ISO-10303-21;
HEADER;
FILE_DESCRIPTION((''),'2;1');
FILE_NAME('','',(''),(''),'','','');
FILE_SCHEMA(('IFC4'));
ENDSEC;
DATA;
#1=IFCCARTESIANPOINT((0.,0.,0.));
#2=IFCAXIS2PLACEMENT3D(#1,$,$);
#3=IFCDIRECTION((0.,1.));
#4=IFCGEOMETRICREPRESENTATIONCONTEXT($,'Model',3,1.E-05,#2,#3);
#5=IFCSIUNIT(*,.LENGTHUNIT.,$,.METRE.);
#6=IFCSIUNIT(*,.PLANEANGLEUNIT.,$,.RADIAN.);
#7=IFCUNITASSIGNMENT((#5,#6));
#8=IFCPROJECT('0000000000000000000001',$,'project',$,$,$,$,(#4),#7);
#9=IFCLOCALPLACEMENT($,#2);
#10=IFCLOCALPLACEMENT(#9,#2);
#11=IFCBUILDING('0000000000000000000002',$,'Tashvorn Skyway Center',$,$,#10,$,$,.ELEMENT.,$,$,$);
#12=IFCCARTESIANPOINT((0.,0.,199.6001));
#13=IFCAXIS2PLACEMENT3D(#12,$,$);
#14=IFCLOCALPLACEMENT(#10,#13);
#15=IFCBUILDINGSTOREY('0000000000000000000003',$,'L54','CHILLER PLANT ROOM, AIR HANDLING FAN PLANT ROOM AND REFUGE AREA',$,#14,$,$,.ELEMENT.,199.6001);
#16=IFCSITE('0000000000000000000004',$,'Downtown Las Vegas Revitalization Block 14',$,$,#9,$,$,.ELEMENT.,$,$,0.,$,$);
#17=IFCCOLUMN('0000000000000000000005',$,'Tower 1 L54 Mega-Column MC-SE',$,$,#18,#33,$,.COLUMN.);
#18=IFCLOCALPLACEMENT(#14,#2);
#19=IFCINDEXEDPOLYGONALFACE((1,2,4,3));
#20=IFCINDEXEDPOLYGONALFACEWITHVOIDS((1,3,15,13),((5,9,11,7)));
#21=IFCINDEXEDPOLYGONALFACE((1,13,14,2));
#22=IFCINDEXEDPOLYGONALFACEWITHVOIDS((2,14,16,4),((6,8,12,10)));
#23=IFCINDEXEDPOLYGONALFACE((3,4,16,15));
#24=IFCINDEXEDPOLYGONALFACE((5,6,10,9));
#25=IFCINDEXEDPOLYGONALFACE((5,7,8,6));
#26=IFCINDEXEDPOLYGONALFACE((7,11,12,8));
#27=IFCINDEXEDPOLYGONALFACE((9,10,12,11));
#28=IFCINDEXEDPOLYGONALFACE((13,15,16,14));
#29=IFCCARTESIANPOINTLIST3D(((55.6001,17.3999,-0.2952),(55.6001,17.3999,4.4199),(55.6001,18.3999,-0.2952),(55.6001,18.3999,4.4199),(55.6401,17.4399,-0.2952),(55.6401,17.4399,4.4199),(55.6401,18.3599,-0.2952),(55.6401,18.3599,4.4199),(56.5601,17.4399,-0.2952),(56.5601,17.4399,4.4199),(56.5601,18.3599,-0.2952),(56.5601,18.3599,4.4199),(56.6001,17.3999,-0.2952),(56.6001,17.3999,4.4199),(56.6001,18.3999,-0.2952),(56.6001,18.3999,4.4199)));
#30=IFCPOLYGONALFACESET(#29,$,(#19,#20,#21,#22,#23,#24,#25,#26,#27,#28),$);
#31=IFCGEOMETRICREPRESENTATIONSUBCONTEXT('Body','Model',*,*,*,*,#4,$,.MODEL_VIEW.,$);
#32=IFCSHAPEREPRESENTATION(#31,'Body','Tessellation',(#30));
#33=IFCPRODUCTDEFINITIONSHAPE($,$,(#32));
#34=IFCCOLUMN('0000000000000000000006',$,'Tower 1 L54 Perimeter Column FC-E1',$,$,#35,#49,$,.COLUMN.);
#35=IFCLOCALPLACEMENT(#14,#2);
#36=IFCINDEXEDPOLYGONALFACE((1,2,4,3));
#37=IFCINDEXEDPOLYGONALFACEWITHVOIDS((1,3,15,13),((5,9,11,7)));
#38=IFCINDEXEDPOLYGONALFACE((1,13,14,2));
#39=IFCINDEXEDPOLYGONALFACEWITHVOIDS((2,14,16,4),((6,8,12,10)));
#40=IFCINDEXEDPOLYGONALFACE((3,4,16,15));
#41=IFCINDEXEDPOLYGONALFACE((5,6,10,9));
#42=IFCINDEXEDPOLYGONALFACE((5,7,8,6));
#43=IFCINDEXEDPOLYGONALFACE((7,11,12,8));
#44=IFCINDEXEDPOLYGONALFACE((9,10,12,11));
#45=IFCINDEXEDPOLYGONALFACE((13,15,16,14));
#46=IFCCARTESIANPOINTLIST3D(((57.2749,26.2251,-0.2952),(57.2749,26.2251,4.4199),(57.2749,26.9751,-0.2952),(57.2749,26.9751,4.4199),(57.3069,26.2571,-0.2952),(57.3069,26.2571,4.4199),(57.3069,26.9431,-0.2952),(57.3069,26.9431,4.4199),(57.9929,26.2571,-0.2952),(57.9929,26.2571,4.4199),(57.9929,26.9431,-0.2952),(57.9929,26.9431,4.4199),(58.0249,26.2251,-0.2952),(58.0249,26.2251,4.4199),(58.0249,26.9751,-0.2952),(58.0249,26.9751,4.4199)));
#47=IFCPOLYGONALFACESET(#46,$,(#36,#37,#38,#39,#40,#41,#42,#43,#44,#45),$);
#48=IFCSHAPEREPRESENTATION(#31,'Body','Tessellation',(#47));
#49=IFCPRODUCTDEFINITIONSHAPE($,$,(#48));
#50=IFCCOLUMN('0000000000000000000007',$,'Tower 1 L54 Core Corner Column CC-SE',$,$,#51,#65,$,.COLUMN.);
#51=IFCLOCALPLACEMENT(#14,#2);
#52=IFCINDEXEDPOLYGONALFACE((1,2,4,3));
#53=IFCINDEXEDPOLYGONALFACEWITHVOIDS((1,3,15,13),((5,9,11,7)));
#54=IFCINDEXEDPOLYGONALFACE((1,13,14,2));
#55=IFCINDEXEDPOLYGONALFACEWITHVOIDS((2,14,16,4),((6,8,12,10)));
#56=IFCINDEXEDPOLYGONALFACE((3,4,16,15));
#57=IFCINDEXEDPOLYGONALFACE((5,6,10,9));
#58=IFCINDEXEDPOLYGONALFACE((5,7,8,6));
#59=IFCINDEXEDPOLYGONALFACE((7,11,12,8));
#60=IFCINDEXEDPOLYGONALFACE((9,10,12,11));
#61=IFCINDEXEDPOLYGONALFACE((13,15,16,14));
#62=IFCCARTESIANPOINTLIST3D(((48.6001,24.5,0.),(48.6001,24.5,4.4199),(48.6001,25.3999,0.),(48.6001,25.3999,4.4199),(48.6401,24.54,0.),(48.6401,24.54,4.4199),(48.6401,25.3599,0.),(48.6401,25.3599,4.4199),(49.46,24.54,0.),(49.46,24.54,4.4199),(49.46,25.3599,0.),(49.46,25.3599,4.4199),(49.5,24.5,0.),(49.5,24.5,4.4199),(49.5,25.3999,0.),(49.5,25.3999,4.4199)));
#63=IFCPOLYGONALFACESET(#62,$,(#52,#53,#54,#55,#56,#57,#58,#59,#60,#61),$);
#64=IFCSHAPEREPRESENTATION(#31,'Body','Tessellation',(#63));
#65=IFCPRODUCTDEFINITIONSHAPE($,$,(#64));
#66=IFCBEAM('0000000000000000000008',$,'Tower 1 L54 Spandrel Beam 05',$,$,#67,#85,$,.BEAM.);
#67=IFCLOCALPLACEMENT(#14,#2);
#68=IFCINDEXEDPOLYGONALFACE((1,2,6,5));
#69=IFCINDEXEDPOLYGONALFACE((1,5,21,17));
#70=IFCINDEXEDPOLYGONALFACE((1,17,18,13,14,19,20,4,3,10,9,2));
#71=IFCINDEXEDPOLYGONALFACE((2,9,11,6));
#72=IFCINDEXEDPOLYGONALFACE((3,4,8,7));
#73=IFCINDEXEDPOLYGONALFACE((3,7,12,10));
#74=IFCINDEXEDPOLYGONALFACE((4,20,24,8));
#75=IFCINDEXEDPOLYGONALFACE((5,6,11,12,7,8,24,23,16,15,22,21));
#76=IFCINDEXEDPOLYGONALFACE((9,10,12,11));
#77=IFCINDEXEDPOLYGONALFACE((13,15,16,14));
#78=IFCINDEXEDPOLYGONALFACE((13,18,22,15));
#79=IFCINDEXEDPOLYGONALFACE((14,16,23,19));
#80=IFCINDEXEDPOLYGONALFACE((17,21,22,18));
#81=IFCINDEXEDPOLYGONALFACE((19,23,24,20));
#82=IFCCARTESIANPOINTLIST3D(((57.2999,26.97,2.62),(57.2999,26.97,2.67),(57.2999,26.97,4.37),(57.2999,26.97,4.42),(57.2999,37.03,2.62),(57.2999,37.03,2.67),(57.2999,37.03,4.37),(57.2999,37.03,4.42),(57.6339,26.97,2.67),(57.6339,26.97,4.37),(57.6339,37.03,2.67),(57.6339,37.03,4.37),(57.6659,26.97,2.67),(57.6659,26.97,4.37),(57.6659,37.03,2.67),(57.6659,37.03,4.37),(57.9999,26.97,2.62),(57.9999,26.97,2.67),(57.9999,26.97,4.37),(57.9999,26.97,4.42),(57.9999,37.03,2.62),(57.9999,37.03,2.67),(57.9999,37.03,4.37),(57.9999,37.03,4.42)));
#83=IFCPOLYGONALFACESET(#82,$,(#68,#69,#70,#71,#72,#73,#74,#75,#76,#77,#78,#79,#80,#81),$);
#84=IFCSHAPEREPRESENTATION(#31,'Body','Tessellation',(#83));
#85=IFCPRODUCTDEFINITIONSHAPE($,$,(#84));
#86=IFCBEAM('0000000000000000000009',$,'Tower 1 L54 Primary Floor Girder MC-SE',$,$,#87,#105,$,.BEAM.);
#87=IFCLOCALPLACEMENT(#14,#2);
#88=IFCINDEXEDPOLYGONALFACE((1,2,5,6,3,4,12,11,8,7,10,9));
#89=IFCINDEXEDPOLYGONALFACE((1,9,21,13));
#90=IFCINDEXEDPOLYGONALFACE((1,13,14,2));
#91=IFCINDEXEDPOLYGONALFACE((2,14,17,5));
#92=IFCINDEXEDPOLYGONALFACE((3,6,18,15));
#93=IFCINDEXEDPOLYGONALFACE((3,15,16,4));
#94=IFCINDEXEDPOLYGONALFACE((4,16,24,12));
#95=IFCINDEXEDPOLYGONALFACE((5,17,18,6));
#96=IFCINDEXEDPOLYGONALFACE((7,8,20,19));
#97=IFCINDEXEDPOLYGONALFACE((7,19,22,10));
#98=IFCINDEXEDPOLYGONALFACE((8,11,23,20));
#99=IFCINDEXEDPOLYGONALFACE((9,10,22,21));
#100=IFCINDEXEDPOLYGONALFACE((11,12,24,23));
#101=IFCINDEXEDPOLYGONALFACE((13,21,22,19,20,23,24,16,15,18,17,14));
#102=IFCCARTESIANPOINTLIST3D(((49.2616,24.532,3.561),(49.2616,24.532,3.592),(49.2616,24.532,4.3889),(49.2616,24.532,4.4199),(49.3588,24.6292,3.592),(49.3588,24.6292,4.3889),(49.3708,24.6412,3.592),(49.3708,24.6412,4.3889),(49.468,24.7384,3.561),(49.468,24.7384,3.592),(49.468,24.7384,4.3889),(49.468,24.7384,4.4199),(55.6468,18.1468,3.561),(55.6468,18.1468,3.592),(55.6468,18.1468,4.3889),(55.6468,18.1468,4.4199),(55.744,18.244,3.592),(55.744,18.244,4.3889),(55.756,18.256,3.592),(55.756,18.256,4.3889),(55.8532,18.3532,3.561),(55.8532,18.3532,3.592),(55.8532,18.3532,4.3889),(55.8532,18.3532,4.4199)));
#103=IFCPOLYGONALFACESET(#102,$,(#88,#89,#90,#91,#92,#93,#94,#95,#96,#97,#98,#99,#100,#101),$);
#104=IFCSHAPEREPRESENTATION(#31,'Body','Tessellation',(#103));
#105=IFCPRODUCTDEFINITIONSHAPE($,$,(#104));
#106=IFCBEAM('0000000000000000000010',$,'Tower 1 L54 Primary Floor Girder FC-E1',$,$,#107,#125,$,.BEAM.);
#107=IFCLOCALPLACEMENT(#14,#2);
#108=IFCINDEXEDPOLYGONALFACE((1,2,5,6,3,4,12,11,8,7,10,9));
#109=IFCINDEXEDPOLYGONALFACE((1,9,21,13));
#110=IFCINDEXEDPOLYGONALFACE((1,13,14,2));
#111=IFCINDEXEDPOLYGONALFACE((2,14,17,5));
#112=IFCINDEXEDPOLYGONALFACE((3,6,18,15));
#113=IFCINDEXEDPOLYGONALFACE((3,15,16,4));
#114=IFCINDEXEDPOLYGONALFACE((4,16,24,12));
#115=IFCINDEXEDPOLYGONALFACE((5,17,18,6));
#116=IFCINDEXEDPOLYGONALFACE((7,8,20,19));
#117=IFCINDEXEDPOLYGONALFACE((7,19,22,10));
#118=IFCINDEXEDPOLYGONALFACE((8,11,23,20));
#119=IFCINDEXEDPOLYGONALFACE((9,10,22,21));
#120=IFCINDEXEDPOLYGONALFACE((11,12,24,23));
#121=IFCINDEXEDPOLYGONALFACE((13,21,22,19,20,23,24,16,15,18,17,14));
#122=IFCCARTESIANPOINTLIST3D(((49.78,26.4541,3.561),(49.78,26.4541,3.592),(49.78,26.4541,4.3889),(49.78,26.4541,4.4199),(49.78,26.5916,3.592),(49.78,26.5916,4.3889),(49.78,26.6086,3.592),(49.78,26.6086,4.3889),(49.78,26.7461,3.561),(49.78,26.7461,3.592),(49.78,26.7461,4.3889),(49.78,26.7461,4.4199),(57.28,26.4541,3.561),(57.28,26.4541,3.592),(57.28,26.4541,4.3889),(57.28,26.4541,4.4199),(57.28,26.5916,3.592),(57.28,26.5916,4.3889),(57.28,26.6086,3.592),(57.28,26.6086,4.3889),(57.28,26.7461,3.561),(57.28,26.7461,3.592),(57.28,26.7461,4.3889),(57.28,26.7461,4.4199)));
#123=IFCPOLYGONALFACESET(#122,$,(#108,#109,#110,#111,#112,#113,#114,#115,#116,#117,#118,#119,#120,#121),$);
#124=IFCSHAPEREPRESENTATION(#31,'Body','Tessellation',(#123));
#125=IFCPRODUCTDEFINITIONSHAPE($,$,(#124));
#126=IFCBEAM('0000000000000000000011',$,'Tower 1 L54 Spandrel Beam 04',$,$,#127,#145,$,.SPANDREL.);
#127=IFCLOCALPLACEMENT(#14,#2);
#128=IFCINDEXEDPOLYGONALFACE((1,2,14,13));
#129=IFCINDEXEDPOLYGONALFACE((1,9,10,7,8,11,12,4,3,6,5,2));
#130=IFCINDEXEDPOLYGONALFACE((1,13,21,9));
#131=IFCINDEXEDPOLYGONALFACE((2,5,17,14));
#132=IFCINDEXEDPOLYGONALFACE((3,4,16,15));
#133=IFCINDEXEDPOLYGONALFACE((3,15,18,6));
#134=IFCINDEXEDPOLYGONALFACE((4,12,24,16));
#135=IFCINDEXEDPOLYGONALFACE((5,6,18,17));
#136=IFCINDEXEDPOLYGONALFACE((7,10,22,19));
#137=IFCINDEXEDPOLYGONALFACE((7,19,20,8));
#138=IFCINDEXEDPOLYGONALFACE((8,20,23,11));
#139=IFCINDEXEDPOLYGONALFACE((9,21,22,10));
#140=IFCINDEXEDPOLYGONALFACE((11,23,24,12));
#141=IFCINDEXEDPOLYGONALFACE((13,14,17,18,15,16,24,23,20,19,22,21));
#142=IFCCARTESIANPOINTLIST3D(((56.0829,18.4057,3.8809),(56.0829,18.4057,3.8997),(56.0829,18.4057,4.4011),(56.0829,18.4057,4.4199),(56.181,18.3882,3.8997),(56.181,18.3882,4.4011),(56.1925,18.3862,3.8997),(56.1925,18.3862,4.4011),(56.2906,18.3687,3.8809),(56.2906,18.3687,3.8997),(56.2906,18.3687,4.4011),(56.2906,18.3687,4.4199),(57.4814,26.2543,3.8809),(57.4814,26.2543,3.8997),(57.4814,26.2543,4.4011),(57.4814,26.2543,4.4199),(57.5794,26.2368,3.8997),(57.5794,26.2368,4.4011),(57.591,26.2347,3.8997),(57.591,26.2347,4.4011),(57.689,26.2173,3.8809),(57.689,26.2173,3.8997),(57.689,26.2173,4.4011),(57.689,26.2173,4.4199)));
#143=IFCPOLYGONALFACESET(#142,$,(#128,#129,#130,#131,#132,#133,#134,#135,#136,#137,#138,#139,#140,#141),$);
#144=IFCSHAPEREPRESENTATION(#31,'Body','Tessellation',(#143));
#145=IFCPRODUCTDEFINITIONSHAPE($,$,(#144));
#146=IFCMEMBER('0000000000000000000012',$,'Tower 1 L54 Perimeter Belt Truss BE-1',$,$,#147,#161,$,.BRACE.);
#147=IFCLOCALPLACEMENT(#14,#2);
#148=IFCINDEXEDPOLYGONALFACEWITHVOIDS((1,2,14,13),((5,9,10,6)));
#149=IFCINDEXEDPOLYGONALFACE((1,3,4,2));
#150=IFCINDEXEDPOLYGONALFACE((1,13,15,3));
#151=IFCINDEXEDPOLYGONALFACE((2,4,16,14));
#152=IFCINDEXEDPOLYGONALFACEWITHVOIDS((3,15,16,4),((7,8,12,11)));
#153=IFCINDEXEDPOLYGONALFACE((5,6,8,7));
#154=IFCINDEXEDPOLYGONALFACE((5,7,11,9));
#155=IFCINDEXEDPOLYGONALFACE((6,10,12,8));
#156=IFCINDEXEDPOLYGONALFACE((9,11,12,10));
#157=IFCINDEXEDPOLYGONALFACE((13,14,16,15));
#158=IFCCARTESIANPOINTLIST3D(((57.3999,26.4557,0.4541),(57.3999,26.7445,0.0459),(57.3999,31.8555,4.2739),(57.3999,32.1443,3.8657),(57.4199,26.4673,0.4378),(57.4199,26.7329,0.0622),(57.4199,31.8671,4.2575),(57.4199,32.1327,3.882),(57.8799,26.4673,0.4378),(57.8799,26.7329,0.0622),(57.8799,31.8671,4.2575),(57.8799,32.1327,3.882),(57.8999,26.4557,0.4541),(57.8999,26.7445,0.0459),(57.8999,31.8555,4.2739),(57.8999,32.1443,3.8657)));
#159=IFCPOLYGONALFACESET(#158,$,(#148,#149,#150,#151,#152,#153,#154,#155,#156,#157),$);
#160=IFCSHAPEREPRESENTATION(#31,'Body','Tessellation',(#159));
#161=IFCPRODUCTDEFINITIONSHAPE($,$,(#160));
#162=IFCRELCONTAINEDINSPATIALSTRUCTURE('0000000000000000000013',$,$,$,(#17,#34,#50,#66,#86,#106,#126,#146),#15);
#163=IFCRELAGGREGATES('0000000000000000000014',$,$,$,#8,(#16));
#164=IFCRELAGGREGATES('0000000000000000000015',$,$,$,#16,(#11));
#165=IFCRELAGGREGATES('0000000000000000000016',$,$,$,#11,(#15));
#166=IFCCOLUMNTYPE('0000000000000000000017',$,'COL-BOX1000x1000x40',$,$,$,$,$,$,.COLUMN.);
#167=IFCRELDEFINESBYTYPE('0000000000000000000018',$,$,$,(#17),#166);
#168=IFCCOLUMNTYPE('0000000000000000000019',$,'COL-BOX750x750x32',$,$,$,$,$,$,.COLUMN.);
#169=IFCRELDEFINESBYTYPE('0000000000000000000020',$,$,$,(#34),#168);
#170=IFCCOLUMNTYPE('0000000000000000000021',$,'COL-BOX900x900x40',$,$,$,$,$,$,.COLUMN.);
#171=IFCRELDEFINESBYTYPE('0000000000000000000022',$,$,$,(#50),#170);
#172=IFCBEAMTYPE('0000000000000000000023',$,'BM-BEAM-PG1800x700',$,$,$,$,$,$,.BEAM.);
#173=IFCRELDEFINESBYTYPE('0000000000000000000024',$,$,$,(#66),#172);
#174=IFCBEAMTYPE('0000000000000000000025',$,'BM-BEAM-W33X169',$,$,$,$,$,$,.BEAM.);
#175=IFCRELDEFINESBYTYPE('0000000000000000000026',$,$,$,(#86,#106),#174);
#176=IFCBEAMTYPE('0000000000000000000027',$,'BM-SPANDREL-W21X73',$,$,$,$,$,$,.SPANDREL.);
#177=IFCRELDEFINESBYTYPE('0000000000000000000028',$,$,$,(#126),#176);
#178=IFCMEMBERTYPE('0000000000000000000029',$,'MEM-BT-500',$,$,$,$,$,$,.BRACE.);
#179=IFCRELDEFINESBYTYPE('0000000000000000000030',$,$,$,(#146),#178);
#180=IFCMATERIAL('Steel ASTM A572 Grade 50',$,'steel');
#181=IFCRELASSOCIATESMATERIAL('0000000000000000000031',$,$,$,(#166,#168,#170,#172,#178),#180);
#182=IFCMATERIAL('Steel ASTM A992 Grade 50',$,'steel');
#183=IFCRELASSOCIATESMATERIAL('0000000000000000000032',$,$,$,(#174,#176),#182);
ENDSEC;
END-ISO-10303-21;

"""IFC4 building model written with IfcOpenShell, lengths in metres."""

from ifc_helpers import new_model, si_unit, direction, frame, origin, origin_2d, place, context, subcontext, project, spatial, hollow_rectangle, i_section, extrude, material, material_profile, profile_set, type_object, element, save


model = new_model("IFC4")

# Units and contexts
model_context = context("Model", 3, precision=1e-05, world=origin(), true_north=direction((0.0, 1.0)))
body_context = subcontext(model_context, "Body", "Model", "MODEL_VIEW")
ifc_project = project(units=[si_unit("LENGTHUNIT", "METRE"), si_unit("PLANEANGLEUNIT", "RADIAN")], contexts=[model_context])

# Site, building, storey
site_placement = place(None, origin())
site = spatial("IfcSite", under=ifc_project, at=site_placement, Name="Downtown Las Vegas Revitalization Block 14", CompositionType="ELEMENT", RefElevation=0.0)
building_placement = place(site_placement, origin())
building = spatial("IfcBuilding", under=site, at=building_placement, Name="Tashvorn Skyway Center", CompositionType="ELEMENT")
storey_placement = place(building_placement, frame((0.0, 0.0, 199.6001)))
storey = spatial("IfcBuildingStorey", under=building, at=storey_placement, Name="L54", Description="CHILLER PLANT ROOM, AIR HANDLING FAN PLANT ROOM AND REFUGE AREA", CompositionType="ELEMENT", Elevation=199.6001)

# Columns
ifc_material_1 = material(Name="Steel ASTM A572 Grade 50", Category="steel")
ifc_material_profile_1 = material_profile(ifc_material_1, hollow_rectangle(XDim=1.0, YDim=1.0, WallThickness=0.04, at=origin_2d()), Name="BOX1000x1000x40")
ifc_profile_set_1 = profile_set([ifc_material_profile_1], Name="Steel ASTM A572 Grade 50")
column_type_1 = type_object("IfcColumnType", Name="COL-BOX1000x1000x40", PredefinedType="COLUMN", material=ifc_profile_set_1)
column_1_placement = place(storey_placement, frame((56.1001, 17.8999, -0.2952), z_axis=(0.0, 0.0, 1.0), x_axis=(1.0, 0.0, 0.0)))
element("IfcColumn", 1, at=column_1_placement, inside=storey, type_object=column_type_1, Name="Tower 1 L54 Mega-Column MC-SE", PredefinedType="COLUMN", context=body_context, shape_type="SweptSolid", body=[
    extrude(hollow_rectangle(XDim=1.0, YDim=1.0, WallThickness=0.04, at=origin_2d()), origin(), (0.0, 0.0, 1.0), 4.7151),
])
ifc_material_profile_2 = material_profile(ifc_material_1, hollow_rectangle(XDim=0.75, YDim=0.75, WallThickness=0.032, at=origin_2d()), Name="BOX750x750x32")
ifc_profile_set_2 = profile_set([ifc_material_profile_2], Name="Steel ASTM A572 Grade 50")
column_type_2 = type_object("IfcColumnType", Name="COL-BOX750x750x32", PredefinedType="COLUMN", material=ifc_profile_set_2)
column_2_placement = place(storey_placement, frame((57.6499, 26.6001, -0.2952), z_axis=(0.0, 0.0, 1.0), x_axis=(1.0, 0.0, 0.0)))
element("IfcColumn", 2, at=column_2_placement, inside=storey, type_object=column_type_2, Name="Tower 1 L54 Perimeter Column FC-E1", PredefinedType="COLUMN", context=body_context, shape_type="SweptSolid", body=[
    extrude(hollow_rectangle(XDim=0.75, YDim=0.75, WallThickness=0.032, at=origin_2d()), origin(), (0.0, 0.0, 1.0), 4.7151),
])
ifc_material_profile_3 = material_profile(ifc_material_1, hollow_rectangle(XDim=0.8999, YDim=0.8999, WallThickness=0.04, at=origin_2d()), Name="BOX900x900x40")
ifc_profile_set_3 = profile_set([ifc_material_profile_3], Name="Steel ASTM A572 Grade 50")
column_type_3 = type_object("IfcColumnType", Name="COL-BOX900x900x40", PredefinedType="COLUMN", material=ifc_profile_set_3)
column_3_placement = place(storey_placement, frame((49.05, 24.95, 0.0), z_axis=(0.0, 0.0, 1.0), x_axis=(1.0, 0.0, 0.0)))
element("IfcColumn", 3, at=column_3_placement, inside=storey, type_object=column_type_3, Name="Tower 1 L54 Core Corner Column CC-SE", PredefinedType="COLUMN", context=body_context, shape_type="SweptSolid", body=[
    extrude(hollow_rectangle(XDim=0.8999, YDim=0.8999, WallThickness=0.04, at=origin_2d()), origin(), (0.0, 0.0, 1.0), 4.4199),
])

# Beams
ifc_material_profile_4 = material_profile(ifc_material_1, i_section(OverallWidth=0.7, OverallDepth=1.8, WebThickness=0.032, FlangeThickness=0.05, at=origin_2d()), Name="PG1800x700")
ifc_profile_set_4 = profile_set([ifc_material_profile_4], Name="Steel ASTM A572 Grade 50")
beam_type_1 = type_object("IfcBeamType", Name="BM-BEAM-PG1800x700", PredefinedType="BEAM", material=ifc_profile_set_4)
beam_1_placement = place(storey_placement, frame((57.6499, 26.97, 3.52), z_axis=(0.0, 1.0, 0.0), x_axis=(-1.0, 0.0, 0.0)))
element("IfcBeam", 4, at=beam_1_placement, inside=storey, type_object=beam_type_1, Name="Tower 1 L54 Spandrel Beam 05", PredefinedType="BEAM", context=body_context, shape_type="SweptSolid", body=[
    extrude(i_section(OverallWidth=0.7, OverallDepth=1.8, WebThickness=0.032, FlangeThickness=0.05, at=origin_2d()), origin(), (0.0, 0.0, 1.0), 10.0601),
])
ifc_material_2 = material(Name="Steel ASTM A992 Grade 50", Category="steel")
ifc_material_profile_5 = material_profile(ifc_material_2, i_section(OverallWidth=0.292, OverallDepth=0.8589, WebThickness=0.0171, FlangeThickness=0.031, at=origin_2d()), Name="W33X169")
ifc_profile_set_5 = profile_set([ifc_material_profile_5], Name="Steel ASTM A992 Grade 50")
beam_type_2 = type_object("IfcBeamType", Name="BM-BEAM-W33X169", PredefinedType="BEAM", material=ifc_profile_set_5)
beam_2_placement = place(storey_placement, frame((55.75, 18.25, 3.9905), z_axis=(-0.707107, 0.707107, 0.0), x_axis=(-0.707107, -0.707107, 0.0)))
element("IfcBeam", 5, at=beam_2_placement, inside=storey, type_object=beam_type_2, Name="Tower 1 L54 Primary Floor Girder MC-SE", PredefinedType="BEAM", context=body_context, shape_type="SweptSolid", body=[
    extrude(i_section(OverallWidth=0.292, OverallDepth=0.8589, WebThickness=0.0171, FlangeThickness=0.031, at=origin_2d()), origin(), (0.0, 0.0, 1.0), 9.03),
])
beam_3_placement = place(storey_placement, frame((57.28, 26.6001, 3.9905), z_axis=(-1.0, 0.0, 0.0), x_axis=(0.0, -1.0, 0.0)))
element("IfcBeam", 6, at=beam_3_placement, inside=storey, type_object=beam_type_2, Name="Tower 1 L54 Primary Floor Girder FC-E1", PredefinedType="BEAM", context=body_context, shape_type="SweptSolid", body=[
    extrude(i_section(OverallWidth=0.292, OverallDepth=0.8589, WebThickness=0.0171, FlangeThickness=0.031, at=origin_2d()), origin(), (0.0, 0.0, 1.0), 7.5),
])
ifc_material_profile_6 = material_profile(ifc_material_2, i_section(OverallWidth=0.2109, OverallDepth=0.5391, WebThickness=0.0117, FlangeThickness=0.0188, at=origin_2d()), Name="W21X73")
ifc_profile_set_6 = profile_set([ifc_material_profile_6], Name="Steel ASTM A992 Grade 50")
beam_type_3 = type_object("IfcBeamType", Name="BM-SPANDREL-W21X73", PredefinedType="SPANDREL", material=ifc_profile_set_6)
beam_4_placement = place(storey_placement, frame((56.1868, 18.3872, 4.1504), z_axis=(0.175413, 0.984495, 0.0), x_axis=(-0.984495, 0.175413, 0.0)))
element("IfcBeam", 7, at=beam_4_placement, inside=storey, type_object=beam_type_3, Name="Tower 1 L54 Spandrel Beam 04", PredefinedType="SPANDREL", context=body_context, shape_type="SweptSolid", body=[
    extrude(i_section(OverallWidth=0.2109, OverallDepth=0.5391, WebThickness=0.0117, FlangeThickness=0.0188, at=origin_2d()), origin(), (0.0, 0.0, 1.0), 7.9722),
])

# Member
ifc_material_profile_7 = material_profile(ifc_material_1, hollow_rectangle(XDim=0.5, YDim=0.5, WallThickness=0.02, at=origin_2d()), Name="HSS500x500x20")
ifc_profile_set_7 = profile_set([ifc_material_profile_7], Name="Steel ASTM A572 Grade 50")
member_type_1 = type_object("IfcMemberType", Name="MEM-BT-500", PredefinedType="BRACE", material=ifc_profile_set_7)
member_1_placement = place(storey_placement, frame((57.6499, 26.6001, 0.25), z_axis=(0.0, 0.816388, 0.577503), x_axis=(-1.0, 0.0, 0.0)))
element("IfcMember", 8, at=member_1_placement, inside=storey, type_object=member_type_1, Name="Tower 1 L54 Perimeter Belt Truss BE-1", PredefinedType="BRACE", context=body_context, shape_type="SweptSolid", body=[
    extrude(hollow_rectangle(XDim=0.5, YDim=0.5, WallThickness=0.02, at=origin_2d()), origin(), (0.0, 0.0, 1.0), 6.6143),
])

save(model, "model.ifc")
